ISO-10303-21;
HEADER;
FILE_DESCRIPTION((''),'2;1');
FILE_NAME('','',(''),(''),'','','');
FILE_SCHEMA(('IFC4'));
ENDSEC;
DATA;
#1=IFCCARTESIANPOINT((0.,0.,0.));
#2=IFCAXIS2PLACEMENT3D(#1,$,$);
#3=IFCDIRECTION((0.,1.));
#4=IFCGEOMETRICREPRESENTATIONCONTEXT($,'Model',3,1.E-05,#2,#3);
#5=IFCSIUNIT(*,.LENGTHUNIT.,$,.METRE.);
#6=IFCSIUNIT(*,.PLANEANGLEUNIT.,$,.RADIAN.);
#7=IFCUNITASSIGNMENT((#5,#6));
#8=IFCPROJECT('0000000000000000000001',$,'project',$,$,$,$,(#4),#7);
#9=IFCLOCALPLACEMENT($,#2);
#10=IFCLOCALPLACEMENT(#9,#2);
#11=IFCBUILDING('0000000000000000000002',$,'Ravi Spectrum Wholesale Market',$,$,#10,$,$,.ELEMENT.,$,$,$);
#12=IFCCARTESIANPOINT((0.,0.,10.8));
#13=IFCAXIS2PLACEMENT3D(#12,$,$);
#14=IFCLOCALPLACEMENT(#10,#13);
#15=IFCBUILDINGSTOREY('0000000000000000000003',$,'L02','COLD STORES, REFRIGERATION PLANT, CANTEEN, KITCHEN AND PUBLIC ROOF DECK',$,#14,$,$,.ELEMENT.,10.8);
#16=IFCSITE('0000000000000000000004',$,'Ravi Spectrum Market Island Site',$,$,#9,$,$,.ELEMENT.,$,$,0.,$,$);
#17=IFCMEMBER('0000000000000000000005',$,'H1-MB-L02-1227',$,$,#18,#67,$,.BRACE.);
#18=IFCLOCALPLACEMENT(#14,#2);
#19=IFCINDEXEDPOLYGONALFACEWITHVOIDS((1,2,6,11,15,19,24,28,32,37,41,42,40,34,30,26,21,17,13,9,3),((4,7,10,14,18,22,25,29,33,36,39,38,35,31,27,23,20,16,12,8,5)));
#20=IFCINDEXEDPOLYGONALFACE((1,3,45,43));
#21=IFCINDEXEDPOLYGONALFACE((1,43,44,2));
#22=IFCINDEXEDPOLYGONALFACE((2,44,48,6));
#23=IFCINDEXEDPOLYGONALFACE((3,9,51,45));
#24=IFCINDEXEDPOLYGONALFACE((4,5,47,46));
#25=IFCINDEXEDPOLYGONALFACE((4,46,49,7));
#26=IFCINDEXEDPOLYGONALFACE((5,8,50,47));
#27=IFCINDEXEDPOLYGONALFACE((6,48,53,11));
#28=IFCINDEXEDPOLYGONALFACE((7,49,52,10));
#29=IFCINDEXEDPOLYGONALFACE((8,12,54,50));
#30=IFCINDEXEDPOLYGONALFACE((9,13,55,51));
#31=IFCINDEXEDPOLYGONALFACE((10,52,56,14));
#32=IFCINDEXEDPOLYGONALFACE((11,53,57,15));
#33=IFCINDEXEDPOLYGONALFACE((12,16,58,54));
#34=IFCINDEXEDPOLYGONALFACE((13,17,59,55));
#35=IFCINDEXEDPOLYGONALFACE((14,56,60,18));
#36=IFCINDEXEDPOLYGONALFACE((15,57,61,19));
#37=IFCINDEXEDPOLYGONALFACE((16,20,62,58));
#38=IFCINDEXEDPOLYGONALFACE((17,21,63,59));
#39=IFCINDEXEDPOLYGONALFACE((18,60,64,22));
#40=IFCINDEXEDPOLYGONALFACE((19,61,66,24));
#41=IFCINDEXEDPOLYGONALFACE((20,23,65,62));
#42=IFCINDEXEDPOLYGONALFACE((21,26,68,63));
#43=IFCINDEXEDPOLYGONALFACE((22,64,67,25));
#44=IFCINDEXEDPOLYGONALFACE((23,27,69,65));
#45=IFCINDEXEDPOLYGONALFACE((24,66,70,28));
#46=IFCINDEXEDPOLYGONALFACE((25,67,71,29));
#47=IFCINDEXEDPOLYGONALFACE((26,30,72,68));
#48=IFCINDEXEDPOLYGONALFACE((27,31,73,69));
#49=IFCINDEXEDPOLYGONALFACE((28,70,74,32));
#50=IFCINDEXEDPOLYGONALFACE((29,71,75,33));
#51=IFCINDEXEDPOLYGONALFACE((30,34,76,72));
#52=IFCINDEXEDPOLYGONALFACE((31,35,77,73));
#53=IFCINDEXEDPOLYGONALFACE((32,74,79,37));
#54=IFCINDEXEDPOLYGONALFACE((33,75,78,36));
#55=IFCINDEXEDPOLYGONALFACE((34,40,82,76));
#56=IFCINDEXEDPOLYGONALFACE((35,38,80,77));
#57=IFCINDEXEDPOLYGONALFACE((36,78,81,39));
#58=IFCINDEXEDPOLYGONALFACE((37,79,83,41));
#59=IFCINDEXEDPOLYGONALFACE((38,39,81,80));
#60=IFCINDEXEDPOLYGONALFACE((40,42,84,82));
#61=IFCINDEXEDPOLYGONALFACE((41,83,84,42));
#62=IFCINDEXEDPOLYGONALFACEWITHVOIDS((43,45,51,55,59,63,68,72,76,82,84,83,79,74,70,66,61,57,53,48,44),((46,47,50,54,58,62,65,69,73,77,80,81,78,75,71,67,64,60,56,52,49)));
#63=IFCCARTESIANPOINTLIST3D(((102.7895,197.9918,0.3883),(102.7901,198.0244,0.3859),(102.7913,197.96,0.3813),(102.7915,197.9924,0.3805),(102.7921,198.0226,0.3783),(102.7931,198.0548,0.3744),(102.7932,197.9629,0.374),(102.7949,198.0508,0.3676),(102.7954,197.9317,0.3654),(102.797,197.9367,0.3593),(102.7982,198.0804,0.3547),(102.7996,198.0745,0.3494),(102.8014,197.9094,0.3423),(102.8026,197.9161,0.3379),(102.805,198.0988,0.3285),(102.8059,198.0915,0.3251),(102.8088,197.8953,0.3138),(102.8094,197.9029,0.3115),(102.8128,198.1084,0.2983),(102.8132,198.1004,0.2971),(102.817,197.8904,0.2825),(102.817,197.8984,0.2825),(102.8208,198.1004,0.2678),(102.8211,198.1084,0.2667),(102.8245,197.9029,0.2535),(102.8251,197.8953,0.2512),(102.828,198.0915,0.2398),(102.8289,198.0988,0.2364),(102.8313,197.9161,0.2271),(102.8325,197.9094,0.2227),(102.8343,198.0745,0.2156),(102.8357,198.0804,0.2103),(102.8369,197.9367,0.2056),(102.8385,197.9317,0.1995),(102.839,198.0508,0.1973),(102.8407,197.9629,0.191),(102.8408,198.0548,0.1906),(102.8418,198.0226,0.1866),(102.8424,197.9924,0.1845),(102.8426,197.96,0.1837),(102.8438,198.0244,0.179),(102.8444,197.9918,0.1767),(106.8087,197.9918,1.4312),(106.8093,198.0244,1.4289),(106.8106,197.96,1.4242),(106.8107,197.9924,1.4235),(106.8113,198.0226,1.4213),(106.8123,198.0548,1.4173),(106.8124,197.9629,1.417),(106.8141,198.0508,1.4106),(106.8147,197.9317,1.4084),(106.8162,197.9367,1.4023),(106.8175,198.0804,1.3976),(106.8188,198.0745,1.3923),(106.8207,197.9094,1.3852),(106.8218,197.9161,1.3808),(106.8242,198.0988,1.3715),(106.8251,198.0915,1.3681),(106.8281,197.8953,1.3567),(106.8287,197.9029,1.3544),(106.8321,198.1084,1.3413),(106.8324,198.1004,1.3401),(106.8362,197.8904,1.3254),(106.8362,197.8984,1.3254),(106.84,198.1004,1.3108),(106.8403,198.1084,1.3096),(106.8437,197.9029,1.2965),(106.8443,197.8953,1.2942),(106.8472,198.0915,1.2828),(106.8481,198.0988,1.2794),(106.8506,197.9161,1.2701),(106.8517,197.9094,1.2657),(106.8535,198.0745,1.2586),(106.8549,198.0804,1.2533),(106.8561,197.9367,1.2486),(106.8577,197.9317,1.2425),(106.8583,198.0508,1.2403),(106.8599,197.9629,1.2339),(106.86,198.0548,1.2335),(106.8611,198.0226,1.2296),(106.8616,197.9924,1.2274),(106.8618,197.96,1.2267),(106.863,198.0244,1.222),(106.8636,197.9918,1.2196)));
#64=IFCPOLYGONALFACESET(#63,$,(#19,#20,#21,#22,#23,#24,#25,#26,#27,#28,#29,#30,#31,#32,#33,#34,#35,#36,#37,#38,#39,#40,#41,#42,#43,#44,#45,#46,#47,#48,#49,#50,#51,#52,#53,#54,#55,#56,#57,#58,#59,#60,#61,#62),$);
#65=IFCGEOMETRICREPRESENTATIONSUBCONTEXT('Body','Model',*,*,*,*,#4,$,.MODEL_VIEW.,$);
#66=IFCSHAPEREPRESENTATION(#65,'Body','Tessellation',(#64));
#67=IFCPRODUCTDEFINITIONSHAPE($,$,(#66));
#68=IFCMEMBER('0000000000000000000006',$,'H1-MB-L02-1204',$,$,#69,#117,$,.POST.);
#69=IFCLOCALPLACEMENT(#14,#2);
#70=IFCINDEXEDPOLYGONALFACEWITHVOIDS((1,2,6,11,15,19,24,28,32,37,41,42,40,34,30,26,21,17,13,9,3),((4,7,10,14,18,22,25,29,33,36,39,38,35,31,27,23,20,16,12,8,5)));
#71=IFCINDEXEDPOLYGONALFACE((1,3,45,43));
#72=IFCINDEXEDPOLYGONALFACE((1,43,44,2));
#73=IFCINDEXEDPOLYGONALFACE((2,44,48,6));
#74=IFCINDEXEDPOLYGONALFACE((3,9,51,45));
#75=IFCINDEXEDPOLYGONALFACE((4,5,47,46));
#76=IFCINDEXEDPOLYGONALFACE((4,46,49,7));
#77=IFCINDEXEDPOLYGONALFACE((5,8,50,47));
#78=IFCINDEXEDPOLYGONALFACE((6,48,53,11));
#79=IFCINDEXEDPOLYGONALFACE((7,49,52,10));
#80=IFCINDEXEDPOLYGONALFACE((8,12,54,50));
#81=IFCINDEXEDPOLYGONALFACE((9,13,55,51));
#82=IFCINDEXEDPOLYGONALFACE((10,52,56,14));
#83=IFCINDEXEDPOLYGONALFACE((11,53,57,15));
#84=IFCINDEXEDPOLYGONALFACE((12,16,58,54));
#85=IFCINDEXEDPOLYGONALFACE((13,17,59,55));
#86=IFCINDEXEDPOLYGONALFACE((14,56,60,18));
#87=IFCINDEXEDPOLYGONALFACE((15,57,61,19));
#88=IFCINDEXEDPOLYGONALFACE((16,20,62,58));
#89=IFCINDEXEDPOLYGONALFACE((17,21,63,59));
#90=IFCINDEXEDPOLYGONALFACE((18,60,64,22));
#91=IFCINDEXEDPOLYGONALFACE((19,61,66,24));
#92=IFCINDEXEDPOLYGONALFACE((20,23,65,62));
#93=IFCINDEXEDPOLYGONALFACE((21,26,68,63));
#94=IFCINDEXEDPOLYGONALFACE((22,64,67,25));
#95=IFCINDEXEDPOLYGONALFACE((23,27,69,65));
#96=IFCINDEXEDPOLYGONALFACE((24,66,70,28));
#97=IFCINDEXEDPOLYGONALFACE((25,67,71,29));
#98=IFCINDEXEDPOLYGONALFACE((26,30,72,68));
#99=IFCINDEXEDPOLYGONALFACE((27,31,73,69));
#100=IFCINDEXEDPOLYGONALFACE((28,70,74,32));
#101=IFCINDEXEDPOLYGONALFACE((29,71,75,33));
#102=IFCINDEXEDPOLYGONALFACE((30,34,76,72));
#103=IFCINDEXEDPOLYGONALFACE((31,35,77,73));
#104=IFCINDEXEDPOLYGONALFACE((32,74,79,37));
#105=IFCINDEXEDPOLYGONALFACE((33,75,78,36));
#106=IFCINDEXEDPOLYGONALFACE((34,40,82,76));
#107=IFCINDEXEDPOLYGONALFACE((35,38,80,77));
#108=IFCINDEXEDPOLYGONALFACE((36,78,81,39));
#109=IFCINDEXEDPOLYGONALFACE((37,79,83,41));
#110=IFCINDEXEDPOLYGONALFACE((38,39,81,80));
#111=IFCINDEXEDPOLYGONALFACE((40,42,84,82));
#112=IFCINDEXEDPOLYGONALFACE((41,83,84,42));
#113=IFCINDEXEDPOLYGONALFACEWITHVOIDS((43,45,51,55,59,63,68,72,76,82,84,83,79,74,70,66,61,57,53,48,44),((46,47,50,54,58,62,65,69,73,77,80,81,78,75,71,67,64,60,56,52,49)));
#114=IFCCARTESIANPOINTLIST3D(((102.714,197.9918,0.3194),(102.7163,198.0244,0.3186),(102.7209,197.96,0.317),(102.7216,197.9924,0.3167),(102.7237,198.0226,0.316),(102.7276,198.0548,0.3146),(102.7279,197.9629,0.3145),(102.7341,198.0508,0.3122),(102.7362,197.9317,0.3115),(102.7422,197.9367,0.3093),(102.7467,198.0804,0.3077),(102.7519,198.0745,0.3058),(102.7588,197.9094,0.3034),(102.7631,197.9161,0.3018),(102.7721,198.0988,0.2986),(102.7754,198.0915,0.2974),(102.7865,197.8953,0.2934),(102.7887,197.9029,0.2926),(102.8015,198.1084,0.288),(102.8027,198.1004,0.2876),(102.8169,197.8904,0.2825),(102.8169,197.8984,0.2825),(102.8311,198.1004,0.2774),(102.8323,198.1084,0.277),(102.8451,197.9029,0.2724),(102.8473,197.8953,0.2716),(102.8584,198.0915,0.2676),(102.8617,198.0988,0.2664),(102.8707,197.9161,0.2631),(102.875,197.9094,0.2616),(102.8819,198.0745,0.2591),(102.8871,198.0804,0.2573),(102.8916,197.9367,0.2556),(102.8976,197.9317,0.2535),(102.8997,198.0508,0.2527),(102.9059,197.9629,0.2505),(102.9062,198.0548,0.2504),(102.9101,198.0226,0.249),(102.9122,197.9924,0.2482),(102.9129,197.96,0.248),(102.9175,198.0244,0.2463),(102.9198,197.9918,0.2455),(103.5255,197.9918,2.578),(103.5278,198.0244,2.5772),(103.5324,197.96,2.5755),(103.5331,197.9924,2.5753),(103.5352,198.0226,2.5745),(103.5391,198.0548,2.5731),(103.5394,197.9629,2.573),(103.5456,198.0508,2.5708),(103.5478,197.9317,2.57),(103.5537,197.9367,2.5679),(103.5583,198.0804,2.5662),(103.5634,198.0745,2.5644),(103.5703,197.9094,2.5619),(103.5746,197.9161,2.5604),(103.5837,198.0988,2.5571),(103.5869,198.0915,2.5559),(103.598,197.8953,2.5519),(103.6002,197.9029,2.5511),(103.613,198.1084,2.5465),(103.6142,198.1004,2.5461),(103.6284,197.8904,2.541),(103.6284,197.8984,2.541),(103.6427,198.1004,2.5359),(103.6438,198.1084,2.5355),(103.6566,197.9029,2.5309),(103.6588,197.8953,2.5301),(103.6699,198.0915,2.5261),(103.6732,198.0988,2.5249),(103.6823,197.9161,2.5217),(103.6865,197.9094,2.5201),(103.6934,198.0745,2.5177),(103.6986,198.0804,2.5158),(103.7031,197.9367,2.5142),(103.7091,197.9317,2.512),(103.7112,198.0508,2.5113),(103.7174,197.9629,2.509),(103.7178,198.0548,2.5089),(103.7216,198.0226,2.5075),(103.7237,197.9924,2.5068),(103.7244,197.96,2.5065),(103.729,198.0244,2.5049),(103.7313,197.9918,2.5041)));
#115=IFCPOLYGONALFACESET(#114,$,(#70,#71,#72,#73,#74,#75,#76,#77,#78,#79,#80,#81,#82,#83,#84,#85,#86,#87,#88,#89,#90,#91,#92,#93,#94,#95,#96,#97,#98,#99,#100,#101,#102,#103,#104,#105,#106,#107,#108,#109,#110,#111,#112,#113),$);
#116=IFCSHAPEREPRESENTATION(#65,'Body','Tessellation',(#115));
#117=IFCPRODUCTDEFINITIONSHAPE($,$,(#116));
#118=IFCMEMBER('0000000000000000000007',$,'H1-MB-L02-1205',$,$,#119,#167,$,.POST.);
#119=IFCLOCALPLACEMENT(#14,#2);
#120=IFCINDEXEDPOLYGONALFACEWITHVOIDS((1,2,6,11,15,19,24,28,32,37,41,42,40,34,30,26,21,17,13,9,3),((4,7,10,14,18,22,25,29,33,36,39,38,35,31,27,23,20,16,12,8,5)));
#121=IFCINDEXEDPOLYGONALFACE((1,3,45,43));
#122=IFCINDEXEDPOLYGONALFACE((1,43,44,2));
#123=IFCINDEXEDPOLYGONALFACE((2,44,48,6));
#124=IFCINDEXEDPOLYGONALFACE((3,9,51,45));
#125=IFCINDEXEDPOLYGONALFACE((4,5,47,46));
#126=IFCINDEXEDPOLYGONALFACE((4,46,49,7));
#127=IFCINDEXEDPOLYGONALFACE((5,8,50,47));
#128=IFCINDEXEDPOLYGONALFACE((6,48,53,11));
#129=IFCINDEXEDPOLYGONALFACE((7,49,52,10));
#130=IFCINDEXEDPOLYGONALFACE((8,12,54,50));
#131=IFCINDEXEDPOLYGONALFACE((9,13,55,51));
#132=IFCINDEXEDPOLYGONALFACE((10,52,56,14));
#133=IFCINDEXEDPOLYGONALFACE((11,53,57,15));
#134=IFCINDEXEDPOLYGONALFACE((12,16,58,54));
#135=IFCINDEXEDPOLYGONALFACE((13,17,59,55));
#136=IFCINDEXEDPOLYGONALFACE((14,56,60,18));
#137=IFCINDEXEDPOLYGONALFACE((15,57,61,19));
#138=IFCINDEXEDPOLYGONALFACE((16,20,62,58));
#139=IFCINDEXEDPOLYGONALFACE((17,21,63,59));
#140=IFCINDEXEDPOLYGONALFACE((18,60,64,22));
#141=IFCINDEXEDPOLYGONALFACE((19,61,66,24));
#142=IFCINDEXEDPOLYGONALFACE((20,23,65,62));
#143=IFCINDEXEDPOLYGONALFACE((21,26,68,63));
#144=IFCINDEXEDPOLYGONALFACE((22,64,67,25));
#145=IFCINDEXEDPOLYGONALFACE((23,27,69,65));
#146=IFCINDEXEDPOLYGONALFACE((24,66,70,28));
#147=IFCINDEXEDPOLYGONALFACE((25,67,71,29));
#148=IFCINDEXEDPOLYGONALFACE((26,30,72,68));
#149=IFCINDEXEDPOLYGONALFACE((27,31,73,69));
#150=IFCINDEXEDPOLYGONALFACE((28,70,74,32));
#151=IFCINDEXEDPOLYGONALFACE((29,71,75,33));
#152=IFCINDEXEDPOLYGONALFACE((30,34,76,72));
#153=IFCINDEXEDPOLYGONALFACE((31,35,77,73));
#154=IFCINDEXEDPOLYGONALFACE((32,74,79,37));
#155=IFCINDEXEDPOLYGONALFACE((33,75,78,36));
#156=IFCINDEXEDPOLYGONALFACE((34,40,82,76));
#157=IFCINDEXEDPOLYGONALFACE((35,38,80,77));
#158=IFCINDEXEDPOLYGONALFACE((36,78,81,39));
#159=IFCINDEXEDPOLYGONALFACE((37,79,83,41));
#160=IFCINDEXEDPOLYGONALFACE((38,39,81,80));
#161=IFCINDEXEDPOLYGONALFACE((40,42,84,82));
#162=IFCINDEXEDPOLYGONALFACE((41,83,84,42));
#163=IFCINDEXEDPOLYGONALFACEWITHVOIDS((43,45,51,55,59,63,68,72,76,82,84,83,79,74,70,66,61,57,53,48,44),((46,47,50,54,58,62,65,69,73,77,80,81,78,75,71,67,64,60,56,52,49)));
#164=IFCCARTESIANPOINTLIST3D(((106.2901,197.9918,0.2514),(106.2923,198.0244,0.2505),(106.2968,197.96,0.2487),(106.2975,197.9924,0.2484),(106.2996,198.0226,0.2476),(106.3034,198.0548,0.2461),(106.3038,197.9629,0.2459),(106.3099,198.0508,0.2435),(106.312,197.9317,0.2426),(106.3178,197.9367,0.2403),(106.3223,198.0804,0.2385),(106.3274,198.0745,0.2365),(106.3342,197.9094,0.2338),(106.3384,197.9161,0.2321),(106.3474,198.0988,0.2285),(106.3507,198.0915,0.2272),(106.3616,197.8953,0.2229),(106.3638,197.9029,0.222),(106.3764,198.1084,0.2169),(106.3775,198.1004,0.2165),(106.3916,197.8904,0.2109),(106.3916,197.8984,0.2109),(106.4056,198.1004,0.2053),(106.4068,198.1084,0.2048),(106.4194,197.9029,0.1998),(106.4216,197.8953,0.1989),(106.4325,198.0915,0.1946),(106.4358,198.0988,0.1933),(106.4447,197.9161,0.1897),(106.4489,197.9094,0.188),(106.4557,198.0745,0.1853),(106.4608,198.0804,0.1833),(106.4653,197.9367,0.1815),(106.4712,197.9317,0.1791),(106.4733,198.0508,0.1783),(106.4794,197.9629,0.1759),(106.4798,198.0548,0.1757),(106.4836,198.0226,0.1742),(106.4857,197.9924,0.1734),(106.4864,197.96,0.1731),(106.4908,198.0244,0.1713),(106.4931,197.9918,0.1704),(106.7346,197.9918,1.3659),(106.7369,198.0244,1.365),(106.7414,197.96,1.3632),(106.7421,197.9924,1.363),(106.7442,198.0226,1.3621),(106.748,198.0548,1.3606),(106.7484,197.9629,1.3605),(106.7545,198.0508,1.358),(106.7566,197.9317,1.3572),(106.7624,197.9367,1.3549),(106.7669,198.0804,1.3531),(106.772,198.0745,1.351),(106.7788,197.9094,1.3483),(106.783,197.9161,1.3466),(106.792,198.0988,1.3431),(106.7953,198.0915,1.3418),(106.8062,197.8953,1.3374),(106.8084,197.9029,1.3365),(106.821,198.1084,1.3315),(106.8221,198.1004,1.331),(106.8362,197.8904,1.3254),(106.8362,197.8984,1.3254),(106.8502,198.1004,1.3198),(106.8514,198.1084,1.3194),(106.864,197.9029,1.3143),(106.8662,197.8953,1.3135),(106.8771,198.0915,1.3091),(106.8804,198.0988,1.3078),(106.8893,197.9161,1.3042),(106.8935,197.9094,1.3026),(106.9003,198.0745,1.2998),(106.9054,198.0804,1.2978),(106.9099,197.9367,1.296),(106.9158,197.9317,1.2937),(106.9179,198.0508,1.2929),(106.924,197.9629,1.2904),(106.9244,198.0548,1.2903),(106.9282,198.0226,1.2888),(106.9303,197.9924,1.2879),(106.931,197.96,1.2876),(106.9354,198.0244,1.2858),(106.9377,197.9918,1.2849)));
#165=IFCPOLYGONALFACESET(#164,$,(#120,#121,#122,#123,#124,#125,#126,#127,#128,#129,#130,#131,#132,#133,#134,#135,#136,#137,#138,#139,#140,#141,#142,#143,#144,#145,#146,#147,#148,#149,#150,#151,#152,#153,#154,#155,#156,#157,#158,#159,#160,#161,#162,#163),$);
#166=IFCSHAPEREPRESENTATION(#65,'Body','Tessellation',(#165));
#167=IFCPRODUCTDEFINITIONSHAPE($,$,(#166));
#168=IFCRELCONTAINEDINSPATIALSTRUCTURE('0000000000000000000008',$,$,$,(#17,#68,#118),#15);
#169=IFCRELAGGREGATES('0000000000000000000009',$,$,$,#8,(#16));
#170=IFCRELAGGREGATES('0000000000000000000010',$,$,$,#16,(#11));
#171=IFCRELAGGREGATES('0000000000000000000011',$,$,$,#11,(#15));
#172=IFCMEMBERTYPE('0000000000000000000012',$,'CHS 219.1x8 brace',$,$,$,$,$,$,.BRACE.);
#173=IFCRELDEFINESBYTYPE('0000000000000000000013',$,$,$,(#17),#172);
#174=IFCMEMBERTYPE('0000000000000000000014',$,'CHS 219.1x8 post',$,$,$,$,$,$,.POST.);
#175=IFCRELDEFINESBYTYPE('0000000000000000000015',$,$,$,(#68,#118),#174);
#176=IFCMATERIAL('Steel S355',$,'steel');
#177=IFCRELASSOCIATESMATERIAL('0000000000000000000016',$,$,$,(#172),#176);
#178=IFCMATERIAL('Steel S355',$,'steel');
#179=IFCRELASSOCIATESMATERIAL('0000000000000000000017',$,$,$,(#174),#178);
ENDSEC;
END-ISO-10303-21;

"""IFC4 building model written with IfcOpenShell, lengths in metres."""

from ifc_helpers import new_model, si_unit, direction, frame, origin, origin_2d, place, context, subcontext, project, spatial, hollow_circle, extrude, material, material_profile, profile_set, type_object, element, save


model = new_model("IFC4")

# Units and contexts
model_context = context("Model", 3, precision=1e-05, world=origin(), true_north=direction((0.0, 1.0)))
body_context = subcontext(model_context, "Body", "Model", "MODEL_VIEW")
ifc_project = project(units=[si_unit("LENGTHUNIT", "METRE"), si_unit("PLANEANGLEUNIT", "RADIAN")], contexts=[model_context])

# Site, building, storey
site_placement = place(None, origin())
site = spatial("IfcSite", under=ifc_project, at=site_placement, Name="Ravi Spectrum Market Island Site", CompositionType="ELEMENT", RefElevation=0.0)
building_placement = place(site_placement, origin())
building = spatial("IfcBuilding", under=site, at=building_placement, Name="Ravi Spectrum Wholesale Market", CompositionType="ELEMENT")
storey_placement = place(building_placement, frame((0.0, 0.0, 10.8)))
storey = spatial("IfcBuildingStorey", under=building, at=storey_placement, Name="L02", Description="COLD STORES, REFRIGERATION PLANT, CANTEEN, KITCHEN AND PUBLIC ROOF DECK", CompositionType="ELEMENT", Elevation=10.8)

# Members
ifc_material_1 = material(Name="Steel S355", Category="steel")
ifc_material_profile_1 = material_profile(ifc_material_1, hollow_circle(Radius=0.1096, WallThickness=0.0081, at=origin_2d()))
ifc_profile_set_1 = profile_set([ifc_material_profile_1], Name="Steel S355")
member_type_1 = type_object("IfcMemberType", Name="CHS 219.1x8 brace", PredefinedType="BRACE", material=ifc_profile_set_1)
member_1_placement = place(storey_placement, frame((106.8362, 198.0, 1.3254), z_axis=(-0.967942, 0.0, -0.251172), x_axis=(0.0, -1.0, 0.0)))
element("IfcMember", 1, at=member_1_placement, inside=storey, type_object=member_type_1, Name="H1-MB-L02-1227", PredefinedType="BRACE", context=body_context, shape_type="SweptSolid", body=[
    extrude(hollow_circle(Radius=0.1096, WallThickness=0.0081, at=origin_2d()), origin(), (0.0, 0.0, 1.0), 4.1523),
])
ifc_material_2 = material(Name="Steel S355", Category="steel")
ifc_material_profile_2 = material_profile(ifc_material_2, hollow_circle(Radius=0.1096, WallThickness=0.0081, at=origin_2d()))
ifc_profile_set_2 = profile_set([ifc_material_profile_2], Name="Steel S355")
member_type_2 = type_object("IfcMemberType", Name="CHS 219.1x8 post", PredefinedType="POST", material=ifc_profile_set_2)
member_2_placement = place(storey_placement, frame((103.6284, 198.0, 2.541), z_axis=(-0.338147, 0.0, -0.941093), x_axis=(0.0, -1.0, 0.0)))
element("IfcMember", 2, at=member_2_placement, inside=storey, type_object=member_type_2, Name="H1-MB-L02-1204", PredefinedType="POST", context=body_context, shape_type="SweptSolid", body=[
    extrude(hollow_circle(Radius=0.1096, WallThickness=0.0081, at=origin_2d()), origin(), (0.0, 0.0, 1.0), 2.3999),
])
member_3_placement = place(storey_placement, frame((106.8362, 198.0, 1.3254), z_axis=(-0.370513, 0.0, -0.928827), x_axis=(0.0, -1.0, 0.0)))
element("IfcMember", 3, at=member_3_placement, inside=storey, type_object=member_type_2, Name="H1-MB-L02-1205", PredefinedType="POST", context=body_context, shape_type="SweptSolid", body=[
    extrude(hollow_circle(Radius=0.1096, WallThickness=0.0081, at=origin_2d()), origin(), (0.0, 0.0, 1.0), 1.2),
])

save(model, "model.ifc")
